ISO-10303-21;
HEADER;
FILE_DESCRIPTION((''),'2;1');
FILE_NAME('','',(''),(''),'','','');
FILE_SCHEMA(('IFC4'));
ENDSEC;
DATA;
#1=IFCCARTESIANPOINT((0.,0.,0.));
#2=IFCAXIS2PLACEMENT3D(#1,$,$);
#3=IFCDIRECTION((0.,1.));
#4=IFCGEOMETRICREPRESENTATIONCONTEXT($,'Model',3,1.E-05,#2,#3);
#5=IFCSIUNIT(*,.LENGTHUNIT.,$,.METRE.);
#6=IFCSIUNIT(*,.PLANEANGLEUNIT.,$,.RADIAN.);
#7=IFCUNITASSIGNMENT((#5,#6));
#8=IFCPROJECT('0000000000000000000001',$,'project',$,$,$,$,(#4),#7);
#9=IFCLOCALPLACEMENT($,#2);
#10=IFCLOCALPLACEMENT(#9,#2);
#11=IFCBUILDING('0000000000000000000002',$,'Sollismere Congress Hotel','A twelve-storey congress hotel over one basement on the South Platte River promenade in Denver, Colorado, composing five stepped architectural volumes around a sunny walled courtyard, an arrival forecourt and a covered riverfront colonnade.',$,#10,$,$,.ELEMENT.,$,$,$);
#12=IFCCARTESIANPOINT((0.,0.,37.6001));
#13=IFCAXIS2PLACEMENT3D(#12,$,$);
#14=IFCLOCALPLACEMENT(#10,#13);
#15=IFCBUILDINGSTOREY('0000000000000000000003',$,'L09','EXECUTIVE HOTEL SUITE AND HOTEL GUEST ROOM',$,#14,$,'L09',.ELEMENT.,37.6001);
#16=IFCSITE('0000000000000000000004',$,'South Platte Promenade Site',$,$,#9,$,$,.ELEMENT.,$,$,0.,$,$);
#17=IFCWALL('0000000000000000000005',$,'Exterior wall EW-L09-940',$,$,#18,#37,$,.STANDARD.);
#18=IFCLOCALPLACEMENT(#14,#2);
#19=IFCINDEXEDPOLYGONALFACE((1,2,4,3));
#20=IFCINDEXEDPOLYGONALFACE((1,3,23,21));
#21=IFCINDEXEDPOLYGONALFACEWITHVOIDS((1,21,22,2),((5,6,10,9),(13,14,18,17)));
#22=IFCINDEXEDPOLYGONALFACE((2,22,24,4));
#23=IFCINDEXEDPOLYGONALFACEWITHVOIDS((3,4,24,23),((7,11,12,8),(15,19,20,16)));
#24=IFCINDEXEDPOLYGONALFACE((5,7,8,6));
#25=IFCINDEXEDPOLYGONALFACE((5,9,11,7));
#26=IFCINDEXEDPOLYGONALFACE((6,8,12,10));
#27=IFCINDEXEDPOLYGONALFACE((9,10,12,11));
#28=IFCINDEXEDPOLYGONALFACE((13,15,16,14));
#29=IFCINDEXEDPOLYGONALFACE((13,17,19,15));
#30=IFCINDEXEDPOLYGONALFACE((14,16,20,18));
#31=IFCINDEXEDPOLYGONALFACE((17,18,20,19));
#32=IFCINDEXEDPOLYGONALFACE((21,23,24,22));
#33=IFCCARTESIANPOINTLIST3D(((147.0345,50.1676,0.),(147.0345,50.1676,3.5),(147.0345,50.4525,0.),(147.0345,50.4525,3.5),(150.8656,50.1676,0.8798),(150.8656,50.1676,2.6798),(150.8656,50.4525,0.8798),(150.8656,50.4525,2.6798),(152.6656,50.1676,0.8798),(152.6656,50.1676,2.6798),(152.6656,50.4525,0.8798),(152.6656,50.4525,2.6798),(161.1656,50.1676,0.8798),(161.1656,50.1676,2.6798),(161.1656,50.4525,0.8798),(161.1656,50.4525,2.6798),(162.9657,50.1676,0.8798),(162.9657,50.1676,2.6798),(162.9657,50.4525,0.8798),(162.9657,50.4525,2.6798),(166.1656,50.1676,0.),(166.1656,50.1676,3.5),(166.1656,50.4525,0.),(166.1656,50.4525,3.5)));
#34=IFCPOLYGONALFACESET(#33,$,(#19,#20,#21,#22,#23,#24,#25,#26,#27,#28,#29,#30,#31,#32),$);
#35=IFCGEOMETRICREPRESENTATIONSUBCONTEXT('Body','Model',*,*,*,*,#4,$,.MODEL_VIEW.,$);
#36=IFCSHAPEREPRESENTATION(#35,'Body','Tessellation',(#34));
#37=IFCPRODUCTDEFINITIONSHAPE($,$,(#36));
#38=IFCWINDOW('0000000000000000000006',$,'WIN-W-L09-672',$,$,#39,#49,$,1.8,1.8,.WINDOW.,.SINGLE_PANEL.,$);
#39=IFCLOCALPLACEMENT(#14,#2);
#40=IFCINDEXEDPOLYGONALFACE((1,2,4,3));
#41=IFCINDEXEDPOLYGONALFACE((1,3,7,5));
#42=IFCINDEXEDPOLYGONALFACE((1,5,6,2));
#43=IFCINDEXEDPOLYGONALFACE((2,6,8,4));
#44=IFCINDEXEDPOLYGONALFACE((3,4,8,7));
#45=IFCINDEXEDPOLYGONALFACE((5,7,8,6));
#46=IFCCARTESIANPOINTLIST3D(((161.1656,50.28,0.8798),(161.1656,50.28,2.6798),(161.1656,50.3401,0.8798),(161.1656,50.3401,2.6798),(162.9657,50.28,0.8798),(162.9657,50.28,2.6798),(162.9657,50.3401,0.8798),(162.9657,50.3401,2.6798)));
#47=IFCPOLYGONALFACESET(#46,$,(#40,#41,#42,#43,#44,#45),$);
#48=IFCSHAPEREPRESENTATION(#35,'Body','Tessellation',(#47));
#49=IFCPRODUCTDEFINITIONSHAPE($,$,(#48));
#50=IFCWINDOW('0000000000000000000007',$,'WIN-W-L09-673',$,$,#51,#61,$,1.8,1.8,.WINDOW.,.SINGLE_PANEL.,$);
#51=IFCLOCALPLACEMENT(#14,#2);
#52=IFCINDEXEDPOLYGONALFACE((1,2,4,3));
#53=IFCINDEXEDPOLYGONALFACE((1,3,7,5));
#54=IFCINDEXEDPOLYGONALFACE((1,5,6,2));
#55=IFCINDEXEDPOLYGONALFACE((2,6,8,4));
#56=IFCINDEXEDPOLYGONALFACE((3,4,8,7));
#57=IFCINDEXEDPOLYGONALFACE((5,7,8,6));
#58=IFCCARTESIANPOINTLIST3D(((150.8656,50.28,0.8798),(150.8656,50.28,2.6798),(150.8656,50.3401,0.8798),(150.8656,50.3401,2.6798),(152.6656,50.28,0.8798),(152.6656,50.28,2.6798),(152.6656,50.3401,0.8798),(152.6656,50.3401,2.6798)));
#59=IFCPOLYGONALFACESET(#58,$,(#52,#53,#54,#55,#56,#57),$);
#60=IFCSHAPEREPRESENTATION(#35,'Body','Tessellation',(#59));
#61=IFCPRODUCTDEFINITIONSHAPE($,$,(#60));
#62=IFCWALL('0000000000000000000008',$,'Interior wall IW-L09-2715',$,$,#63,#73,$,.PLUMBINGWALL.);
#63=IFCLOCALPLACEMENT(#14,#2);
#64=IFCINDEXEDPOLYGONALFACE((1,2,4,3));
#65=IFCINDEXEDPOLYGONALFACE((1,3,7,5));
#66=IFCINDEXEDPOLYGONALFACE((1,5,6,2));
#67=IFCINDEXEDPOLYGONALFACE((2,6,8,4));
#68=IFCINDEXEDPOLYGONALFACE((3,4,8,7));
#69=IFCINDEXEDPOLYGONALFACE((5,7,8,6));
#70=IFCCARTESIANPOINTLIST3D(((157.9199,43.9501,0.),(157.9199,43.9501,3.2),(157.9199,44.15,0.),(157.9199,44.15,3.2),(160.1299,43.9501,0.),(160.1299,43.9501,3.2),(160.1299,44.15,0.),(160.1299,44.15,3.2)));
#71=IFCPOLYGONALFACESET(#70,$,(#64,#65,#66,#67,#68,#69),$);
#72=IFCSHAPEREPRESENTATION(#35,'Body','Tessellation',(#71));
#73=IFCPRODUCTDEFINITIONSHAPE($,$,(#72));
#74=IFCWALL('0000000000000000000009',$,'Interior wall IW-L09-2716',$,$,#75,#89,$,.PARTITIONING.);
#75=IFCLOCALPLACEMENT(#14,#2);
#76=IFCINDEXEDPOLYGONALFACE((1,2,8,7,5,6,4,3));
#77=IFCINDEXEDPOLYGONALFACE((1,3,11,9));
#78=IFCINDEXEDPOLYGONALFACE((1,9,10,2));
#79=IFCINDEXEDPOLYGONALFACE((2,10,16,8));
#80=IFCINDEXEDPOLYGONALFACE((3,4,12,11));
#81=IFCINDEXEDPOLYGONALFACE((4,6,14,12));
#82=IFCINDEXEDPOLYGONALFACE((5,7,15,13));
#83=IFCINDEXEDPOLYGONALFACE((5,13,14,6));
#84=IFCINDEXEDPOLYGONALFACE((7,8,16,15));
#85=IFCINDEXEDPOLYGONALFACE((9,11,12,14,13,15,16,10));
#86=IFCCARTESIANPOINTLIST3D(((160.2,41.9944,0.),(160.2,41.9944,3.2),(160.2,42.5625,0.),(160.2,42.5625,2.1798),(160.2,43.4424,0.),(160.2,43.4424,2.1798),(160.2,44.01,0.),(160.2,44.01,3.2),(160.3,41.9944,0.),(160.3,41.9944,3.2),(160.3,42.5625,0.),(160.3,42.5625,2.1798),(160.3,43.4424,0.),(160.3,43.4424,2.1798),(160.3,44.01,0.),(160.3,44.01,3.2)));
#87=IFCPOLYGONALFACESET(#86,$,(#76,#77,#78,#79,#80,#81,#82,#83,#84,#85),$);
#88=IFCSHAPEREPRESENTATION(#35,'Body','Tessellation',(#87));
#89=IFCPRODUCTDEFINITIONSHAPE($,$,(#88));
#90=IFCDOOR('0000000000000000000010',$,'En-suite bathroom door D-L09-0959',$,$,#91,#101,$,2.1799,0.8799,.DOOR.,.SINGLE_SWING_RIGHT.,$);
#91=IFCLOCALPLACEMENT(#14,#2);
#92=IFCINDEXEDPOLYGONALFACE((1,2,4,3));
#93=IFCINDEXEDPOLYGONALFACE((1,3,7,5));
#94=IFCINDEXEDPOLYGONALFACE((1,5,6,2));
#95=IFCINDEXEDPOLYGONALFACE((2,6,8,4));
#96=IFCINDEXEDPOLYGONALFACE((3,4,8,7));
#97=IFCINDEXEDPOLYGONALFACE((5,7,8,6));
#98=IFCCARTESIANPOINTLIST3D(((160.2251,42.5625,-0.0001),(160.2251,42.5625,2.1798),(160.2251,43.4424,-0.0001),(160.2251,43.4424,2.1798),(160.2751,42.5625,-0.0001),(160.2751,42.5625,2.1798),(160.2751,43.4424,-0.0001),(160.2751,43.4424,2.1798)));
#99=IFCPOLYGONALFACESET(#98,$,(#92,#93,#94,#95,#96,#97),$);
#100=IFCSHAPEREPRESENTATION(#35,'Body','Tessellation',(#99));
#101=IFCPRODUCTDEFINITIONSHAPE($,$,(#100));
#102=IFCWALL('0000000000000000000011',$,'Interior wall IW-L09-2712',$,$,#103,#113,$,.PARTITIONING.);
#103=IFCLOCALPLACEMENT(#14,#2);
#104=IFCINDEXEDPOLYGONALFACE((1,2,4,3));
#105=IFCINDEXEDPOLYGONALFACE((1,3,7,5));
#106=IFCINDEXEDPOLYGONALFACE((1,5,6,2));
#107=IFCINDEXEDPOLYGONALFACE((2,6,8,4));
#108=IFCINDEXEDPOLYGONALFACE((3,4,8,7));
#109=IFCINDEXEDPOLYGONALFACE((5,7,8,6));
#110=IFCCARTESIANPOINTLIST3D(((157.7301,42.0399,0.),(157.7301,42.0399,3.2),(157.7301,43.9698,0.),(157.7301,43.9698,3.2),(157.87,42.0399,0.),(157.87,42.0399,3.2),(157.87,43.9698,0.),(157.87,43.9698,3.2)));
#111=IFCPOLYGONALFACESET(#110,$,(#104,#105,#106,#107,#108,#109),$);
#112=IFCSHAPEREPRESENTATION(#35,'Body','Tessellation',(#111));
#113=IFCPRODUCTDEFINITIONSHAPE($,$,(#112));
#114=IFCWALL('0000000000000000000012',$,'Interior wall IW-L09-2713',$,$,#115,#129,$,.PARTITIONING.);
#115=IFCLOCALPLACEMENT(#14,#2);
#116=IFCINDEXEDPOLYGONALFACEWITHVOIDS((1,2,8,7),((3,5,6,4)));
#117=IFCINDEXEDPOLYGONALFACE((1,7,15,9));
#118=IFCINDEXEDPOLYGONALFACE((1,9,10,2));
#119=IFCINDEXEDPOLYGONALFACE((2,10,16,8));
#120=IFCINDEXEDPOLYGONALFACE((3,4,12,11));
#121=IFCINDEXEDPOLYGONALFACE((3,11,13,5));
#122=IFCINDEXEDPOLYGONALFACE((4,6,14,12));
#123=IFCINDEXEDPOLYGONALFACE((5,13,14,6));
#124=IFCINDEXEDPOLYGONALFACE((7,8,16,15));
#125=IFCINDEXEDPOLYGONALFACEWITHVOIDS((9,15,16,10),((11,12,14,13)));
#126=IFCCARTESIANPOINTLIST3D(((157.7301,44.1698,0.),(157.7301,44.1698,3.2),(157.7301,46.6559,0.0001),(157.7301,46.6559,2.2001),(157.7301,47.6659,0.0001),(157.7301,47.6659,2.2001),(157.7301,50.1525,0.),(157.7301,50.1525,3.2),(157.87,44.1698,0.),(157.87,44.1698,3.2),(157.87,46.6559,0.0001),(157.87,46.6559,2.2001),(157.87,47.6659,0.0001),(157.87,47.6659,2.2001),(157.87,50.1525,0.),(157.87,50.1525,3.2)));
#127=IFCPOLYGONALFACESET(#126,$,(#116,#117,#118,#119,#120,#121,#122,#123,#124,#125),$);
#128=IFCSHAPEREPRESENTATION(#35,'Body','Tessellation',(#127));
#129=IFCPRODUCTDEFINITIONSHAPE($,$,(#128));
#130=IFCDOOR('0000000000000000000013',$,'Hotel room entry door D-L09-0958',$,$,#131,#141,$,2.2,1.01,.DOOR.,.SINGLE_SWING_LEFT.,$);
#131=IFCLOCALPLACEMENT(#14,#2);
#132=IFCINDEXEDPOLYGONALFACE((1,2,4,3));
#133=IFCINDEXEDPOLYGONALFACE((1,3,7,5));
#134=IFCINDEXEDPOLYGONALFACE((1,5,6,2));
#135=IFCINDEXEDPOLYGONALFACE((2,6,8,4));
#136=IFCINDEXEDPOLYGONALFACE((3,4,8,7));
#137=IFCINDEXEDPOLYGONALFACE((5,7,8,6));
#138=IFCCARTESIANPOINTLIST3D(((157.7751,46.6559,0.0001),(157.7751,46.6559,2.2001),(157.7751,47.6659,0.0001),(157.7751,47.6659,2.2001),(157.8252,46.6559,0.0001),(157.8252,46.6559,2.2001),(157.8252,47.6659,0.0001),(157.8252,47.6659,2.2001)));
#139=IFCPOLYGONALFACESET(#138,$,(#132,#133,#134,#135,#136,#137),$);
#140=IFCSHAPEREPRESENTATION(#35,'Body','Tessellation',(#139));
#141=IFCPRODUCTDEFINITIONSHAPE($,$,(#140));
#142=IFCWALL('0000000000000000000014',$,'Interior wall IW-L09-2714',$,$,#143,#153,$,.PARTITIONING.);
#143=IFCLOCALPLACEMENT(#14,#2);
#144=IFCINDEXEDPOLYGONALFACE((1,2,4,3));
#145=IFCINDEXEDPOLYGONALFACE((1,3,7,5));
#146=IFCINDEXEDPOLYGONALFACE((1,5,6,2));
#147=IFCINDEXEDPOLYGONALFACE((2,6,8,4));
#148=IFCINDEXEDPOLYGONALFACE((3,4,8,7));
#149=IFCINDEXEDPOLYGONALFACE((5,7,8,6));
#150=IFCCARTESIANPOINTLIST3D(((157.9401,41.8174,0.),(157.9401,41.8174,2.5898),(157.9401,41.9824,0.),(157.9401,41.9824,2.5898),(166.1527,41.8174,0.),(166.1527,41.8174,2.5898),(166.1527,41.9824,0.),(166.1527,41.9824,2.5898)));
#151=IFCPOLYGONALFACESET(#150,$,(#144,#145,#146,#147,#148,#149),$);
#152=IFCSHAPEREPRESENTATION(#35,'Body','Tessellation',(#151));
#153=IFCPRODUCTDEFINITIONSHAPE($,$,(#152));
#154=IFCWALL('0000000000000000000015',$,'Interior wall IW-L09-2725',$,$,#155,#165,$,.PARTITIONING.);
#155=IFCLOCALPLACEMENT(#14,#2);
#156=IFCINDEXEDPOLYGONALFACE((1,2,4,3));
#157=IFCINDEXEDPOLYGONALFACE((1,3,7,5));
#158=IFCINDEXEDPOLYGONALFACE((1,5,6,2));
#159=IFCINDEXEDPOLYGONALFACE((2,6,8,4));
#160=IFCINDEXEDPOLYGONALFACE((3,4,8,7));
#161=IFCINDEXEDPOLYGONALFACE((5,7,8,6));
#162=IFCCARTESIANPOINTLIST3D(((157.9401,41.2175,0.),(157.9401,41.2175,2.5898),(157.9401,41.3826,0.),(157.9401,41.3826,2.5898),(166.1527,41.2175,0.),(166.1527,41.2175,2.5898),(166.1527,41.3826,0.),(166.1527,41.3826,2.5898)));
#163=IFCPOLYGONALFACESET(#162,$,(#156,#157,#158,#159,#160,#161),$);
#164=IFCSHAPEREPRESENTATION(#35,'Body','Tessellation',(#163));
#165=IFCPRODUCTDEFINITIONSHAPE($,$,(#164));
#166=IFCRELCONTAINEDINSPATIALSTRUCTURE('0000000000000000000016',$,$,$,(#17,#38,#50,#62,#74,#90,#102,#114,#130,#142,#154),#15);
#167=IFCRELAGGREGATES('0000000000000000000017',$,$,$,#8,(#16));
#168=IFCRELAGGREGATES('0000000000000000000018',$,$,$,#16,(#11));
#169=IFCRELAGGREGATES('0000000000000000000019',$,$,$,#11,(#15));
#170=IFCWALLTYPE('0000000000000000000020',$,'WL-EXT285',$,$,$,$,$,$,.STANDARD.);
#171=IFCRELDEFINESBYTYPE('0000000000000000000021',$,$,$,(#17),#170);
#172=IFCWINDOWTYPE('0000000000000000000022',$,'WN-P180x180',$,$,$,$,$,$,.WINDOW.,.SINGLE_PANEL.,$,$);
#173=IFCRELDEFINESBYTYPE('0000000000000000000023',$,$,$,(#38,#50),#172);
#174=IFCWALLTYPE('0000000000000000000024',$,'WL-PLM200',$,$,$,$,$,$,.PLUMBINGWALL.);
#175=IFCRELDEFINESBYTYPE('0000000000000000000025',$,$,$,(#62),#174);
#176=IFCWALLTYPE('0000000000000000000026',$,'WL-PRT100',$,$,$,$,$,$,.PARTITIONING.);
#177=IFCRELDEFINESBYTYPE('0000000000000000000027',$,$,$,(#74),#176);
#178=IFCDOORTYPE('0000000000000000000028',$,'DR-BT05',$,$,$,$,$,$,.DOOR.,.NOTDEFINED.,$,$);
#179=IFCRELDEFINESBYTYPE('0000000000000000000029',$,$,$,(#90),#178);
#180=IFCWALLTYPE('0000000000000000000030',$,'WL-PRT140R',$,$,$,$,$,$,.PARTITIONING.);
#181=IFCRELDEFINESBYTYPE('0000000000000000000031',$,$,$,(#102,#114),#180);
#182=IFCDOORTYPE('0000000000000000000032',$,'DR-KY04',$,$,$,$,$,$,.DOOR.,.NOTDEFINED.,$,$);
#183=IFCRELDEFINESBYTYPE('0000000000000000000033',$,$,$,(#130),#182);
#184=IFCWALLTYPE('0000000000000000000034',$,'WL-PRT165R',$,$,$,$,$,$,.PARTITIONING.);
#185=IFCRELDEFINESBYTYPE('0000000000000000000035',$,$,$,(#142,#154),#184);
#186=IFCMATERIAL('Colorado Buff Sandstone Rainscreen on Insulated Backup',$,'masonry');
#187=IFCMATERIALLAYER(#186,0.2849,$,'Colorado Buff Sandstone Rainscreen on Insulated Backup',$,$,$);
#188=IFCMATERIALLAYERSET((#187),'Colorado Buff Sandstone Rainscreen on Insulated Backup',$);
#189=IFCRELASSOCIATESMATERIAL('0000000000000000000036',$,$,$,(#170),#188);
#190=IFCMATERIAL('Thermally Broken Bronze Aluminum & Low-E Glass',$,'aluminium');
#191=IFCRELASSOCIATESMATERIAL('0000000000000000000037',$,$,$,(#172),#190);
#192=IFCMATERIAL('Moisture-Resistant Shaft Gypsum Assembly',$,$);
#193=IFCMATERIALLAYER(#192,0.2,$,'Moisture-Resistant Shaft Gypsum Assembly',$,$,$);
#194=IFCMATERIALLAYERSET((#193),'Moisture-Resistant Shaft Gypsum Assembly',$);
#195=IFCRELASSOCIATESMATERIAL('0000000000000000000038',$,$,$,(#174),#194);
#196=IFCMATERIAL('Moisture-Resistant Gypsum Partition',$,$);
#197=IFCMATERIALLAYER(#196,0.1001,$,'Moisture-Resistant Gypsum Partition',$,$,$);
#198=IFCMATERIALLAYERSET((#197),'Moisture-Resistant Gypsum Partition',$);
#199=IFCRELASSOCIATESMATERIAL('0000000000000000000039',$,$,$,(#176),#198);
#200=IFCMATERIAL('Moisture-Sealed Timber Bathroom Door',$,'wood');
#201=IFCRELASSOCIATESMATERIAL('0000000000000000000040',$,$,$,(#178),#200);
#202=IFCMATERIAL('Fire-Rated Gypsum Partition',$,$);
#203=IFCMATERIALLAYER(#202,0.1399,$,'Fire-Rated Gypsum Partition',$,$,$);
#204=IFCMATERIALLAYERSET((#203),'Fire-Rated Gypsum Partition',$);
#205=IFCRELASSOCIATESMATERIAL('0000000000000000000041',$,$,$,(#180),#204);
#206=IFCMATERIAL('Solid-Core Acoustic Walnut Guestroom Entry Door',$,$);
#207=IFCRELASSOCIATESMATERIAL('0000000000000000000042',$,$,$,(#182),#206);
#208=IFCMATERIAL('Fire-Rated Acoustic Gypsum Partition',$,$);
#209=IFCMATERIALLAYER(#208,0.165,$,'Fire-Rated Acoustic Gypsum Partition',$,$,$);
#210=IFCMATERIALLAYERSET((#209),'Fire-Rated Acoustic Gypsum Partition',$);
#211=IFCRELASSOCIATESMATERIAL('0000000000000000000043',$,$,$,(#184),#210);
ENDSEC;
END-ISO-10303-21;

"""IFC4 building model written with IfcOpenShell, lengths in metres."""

from ifc_helpers import new_model, si_unit, direction, frame, frame_2d, origin, place, context, subcontext, project, spatial, rectangle, extrude, material, layer, layer_set, type_object, element, fill, save


model = new_model("IFC4")

# Units and contexts
model_context = context("Model", 3, precision=1e-05, world=origin(), true_north=direction((0.0, 1.0)))
body_context = subcontext(model_context, "Body", "Model", "MODEL_VIEW")
ifc_project = project(units=[si_unit("LENGTHUNIT", "METRE"), si_unit("PLANEANGLEUNIT", "RADIAN")], contexts=[model_context])

# Site, building, storey
site_placement = place(None, origin())
site = spatial("IfcSite", under=ifc_project, at=site_placement, Name="South Platte Promenade Site", CompositionType="ELEMENT", RefElevation=0.0)
building_placement = place(site_placement, origin())
building = spatial("IfcBuilding", under=site, at=building_placement, Name="Sollismere Congress Hotel", Description="A twelve-storey congress hotel over one basement on the South Platte River promenade in Denver, Colorado, composing five stepped architectural volumes around a sunny walled courtyard, an arrival forecourt and a covered riverfront colonnade.", CompositionType="ELEMENT")
storey_placement = place(building_placement, frame((0.0, 0.0, 37.6001)))
storey = spatial("IfcBuildingStorey", under=building, at=storey_placement, Name="L09", Description="EXECUTIVE HOTEL SUITE AND HOTEL GUEST ROOM", LongName="L09", CompositionType="ELEMENT", Elevation=37.6001)

# Shared definitions
ifc_material_1 = material(Name="Colorado Buff Sandstone Rainscreen on Insulated Backup", Category="masonry")
ifc_layer_1 = layer(ifc_material_1, 0.2849, Name="Colorado Buff Sandstone Rainscreen on Insulated Backup")
ifc_layer_set_1 = layer_set([ifc_layer_1], Name="Colorado Buff Sandstone Rainscreen on Insulated Backup")
wall_type_1 = type_object("IfcWallType", Name="WL-EXT285", PredefinedType="STANDARD", material=ifc_layer_set_1)

# Shared definitions
ifc_material_2 = material(Name="Thermally Broken Bronze Aluminum & Low-E Glass", Category="aluminium")

# Wall, openings, windows
wall_1_placement = place(storey_placement, frame((166.1655, 50.3101, 0.0), z_axis=(0.0, 0.0, 1.0), x_axis=(-1.0, 0.0, 0.0)))
wall_1 = element("IfcWall", 1, at=wall_1_placement, inside=storey, type_object=wall_type_1, Name="Exterior wall EW-L09-940", PredefinedType="STANDARD", context=body_context, shape_type="SweptSolid", body=[
    extrude(rectangle(XDim=19.1311, YDim=0.2849, at=frame_2d((9.5654, 0.0))), origin(), (0.0, 0.0, 1.0), 3.5),
])
opening_1_placement = place(wall_1_placement, frame((3.2, 0.0, 0.8799)))
opening_1 = element("IfcOpeningElement", 2, at=opening_1_placement, cuts=wall_1, PredefinedType="OPENING", context=body_context, shape_type="SweptSolid", body=[
    extrude(rectangle(XDim=1.8, YDim=1.8, at=frame_2d((0.8999, 0.8999))), frame((0.0, 0.1523, 0.0), z_axis=(0.0, -1.0, 0.0), x_axis=(1.0, 0.0, 0.0)), (0.0, 0.0, 1.0), 0.3049),
])
opening_2_placement = place(wall_1_placement, frame((13.5, 0.0, 0.8799)))
opening_2 = element("IfcOpeningElement", 3, at=opening_2_placement, cuts=wall_1, PredefinedType="OPENING", context=body_context, shape_type="SweptSolid", body=[
    extrude(rectangle(XDim=1.8, YDim=1.8, at=frame_2d((0.8999, 0.8999))), frame((0.0, 0.1523, 0.0), z_axis=(0.0, -1.0, 0.0), x_axis=(1.0, 0.0, 0.0)), (0.0, 0.0, 1.0), 0.3049),
])
window_type_1 = type_object("IfcWindowType", Name="WN-P180x180", PartitioningType="SINGLE_PANEL", PredefinedType="WINDOW", material=ifc_material_2)
window_1_placement = place(opening_1_placement, origin())
window_1 = element("IfcWindow", 4, at=window_1_placement, inside=storey, type_object=window_type_1, Name="WIN-W-L09-672", OverallHeight=1.8, OverallWidth=1.8, PartitioningType="SINGLE_PANEL", PredefinedType="WINDOW", context=body_context, shape_type="SweptSolid", body=[
    extrude(rectangle(XDim=1.8, YDim=1.8, at=frame_2d((0.8999, 0.8999))), frame((0.0, 0.03, 0.0), z_axis=(0.0, -1.0, 0.0), x_axis=(1.0, 0.0, 0.0)), (0.0, 0.0, 1.0), 0.0601),
])
fill(opening_1, window_1)
window_2_placement = place(opening_2_placement, origin())
window_2 = element("IfcWindow", 5, at=window_2_placement, inside=storey, type_object=window_type_1, Name="WIN-W-L09-673", OverallHeight=1.8, OverallWidth=1.8, PartitioningType="SINGLE_PANEL", PredefinedType="WINDOW", context=body_context, shape_type="SweptSolid", body=[
    extrude(rectangle(XDim=1.8, YDim=1.8, at=frame_2d((0.8999, 0.8999))), frame((0.0, 0.03, 0.0), z_axis=(0.0, -1.0, 0.0), x_axis=(1.0, 0.0, 0.0)), (0.0, 0.0, 1.0), 0.0601),
])
fill(opening_2, window_2)

# Wall
ifc_material_3 = material(Name="Moisture-Resistant Shaft Gypsum Assembly")
ifc_layer_2 = layer(ifc_material_3, 0.2, Name="Moisture-Resistant Shaft Gypsum Assembly")
ifc_layer_set_2 = layer_set([ifc_layer_2], Name="Moisture-Resistant Shaft Gypsum Assembly")
wall_type_2 = type_object("IfcWallType", Name="WL-PLM200", PredefinedType="PLUMBINGWALL", material=ifc_layer_set_2)
wall_2_placement = place(storey_placement, frame((157.9199, 44.05, 0.0), z_axis=(0.0, 0.0, 1.0), x_axis=(1.0, 0.0, 0.0)))
element("IfcWall", 6, at=wall_2_placement, inside=storey, type_object=wall_type_2, Name="Interior wall IW-L09-2715", PredefinedType="PLUMBINGWALL", context=body_context, shape_type="SweptSolid", body=[
    extrude(rectangle(XDim=2.21, YDim=0.2, at=frame_2d((1.105, 0.0))), origin(), (0.0, 0.0, 1.0), 3.2),
])

# Wall, opening, door
ifc_material_4 = material(Name="Moisture-Resistant Gypsum Partition")
ifc_layer_3 = layer(ifc_material_4, 0.1001, Name="Moisture-Resistant Gypsum Partition")
ifc_layer_set_3 = layer_set([ifc_layer_3], Name="Moisture-Resistant Gypsum Partition")
wall_type_3 = type_object("IfcWallType", Name="WL-PRT100", PredefinedType="PARTITIONING", material=ifc_layer_set_3)
wall_3_placement = place(storey_placement, frame((160.25, 41.9944, 0.0), z_axis=(0.0, 0.0, 1.0), x_axis=(0.0, 1.0, 0.0)))
wall_3 = element("IfcWall", 7, at=wall_3_placement, inside=storey, type_object=wall_type_3, Name="Interior wall IW-L09-2716", PredefinedType="PARTITIONING", context=body_context, shape_type="SweptSolid", body=[
    extrude(rectangle(XDim=2.0156, YDim=0.1001, at=frame_2d((1.0078, 0.0))), origin(), (0.0, 0.0, 1.0), 3.2),
])
opening_3_placement = place(wall_3_placement, frame((0.5681, 0.0, 0.0)))
opening_3 = element("IfcOpeningElement", 8, at=opening_3_placement, cuts=wall_3, PredefinedType="OPENING", context=body_context, shape_type="SweptSolid", body=[
    extrude(rectangle(XDim=0.8799, YDim=2.1799, at=frame_2d((0.4399, 1.0898))), frame((0.0, 0.0601, 0.0), z_axis=(0.0, -1.0, 0.0), x_axis=(1.0, 0.0, 0.0)), (0.0, 0.0, 1.0), 0.1201),
])
ifc_material_5 = material(Name="Moisture-Sealed Timber Bathroom Door", Category="wood")
door_type_1 = type_object("IfcDoorType", Name="DR-BT05", OperationType="NOTDEFINED", PredefinedType="DOOR", material=ifc_material_5)
door_1_placement = place(opening_3_placement, origin())
door_1 = element("IfcDoor", 9, at=door_1_placement, inside=storey, type_object=door_type_1, Name="En-suite bathroom door D-L09-0959", OperationType="SINGLE_SWING_RIGHT", OverallHeight=2.1799, OverallWidth=0.8799, PredefinedType="DOOR", context=body_context, shape_type="SweptSolid", body=[
    extrude(rectangle(XDim=0.8799, YDim=2.1799, at=frame_2d((0.4399, 1.0898))), frame((0.0, 0.0249, 0.0), z_axis=(0.0, -1.0, 0.0), x_axis=(1.0, 0.0, 0.0)), (0.0, 0.0, 1.0), 0.05),
])
fill(opening_3, door_1)

# Wall
ifc_material_6 = material(Name="Fire-Rated Gypsum Partition")
ifc_layer_4 = layer(ifc_material_6, 0.1399, Name="Fire-Rated Gypsum Partition")
ifc_layer_set_4 = layer_set([ifc_layer_4], Name="Fire-Rated Gypsum Partition")
wall_type_4 = type_object("IfcWallType", Name="WL-PRT140R", PredefinedType="PARTITIONING", material=ifc_layer_set_4)
wall_4_placement = place(storey_placement, frame((157.8, 42.04, 0.0), z_axis=(0.0, 0.0, 1.0), x_axis=(0.0, 1.0, 0.0)))
element("IfcWall", 10, at=wall_4_placement, inside=storey, type_object=wall_type_4, Name="Interior wall IW-L09-2712", PredefinedType="PARTITIONING", context=body_context, shape_type="SweptSolid", body=[
    extrude(rectangle(XDim=1.9299, YDim=0.1399, at=frame_2d((0.9648, 0.0))), origin(), (0.0, 0.0, 1.0), 3.2),
])

# Wall, opening, door
wall_5_placement = place(storey_placement, frame((157.8, 44.1699, 0.0), z_axis=(0.0, 0.0, 1.0), x_axis=(0.0, 1.0, 0.0)))
wall_5 = element("IfcWall", 11, at=wall_5_placement, inside=storey, type_object=wall_type_4, Name="Interior wall IW-L09-2713", PredefinedType="PARTITIONING", context=body_context, shape_type="SweptSolid", body=[
    extrude(rectangle(XDim=5.9827, YDim=0.1399, at=frame_2d((2.9912, 0.0))), origin(), (0.0, 0.0, 1.0), 3.2),
])
opening_4_placement = place(wall_5_placement, frame((2.4861, 0.0, 0.0)))
opening_4 = element("IfcOpeningElement", 12, at=opening_4_placement, cuts=wall_5, PredefinedType="OPENING", context=body_context, shape_type="SweptSolid", body=[
    extrude(rectangle(XDim=1.01, YDim=2.2, at=frame_2d((0.5049, 1.1001))), frame((0.0, 0.0798, 0.0), z_axis=(0.0, -1.0, 0.0), x_axis=(1.0, 0.0, 0.0)), (0.0, 0.0, 1.0), 0.1599),
])
ifc_material_7 = material(Name="Solid-Core Acoustic Walnut Guestroom Entry Door")
door_type_2 = type_object("IfcDoorType", Name="DR-KY04", OperationType="NOTDEFINED", PredefinedType="DOOR", material=ifc_material_7)
door_2_placement = place(opening_4_placement, origin())
door_2 = element("IfcDoor", 13, at=door_2_placement, inside=storey, type_object=door_type_2, Name="Hotel room entry door D-L09-0958", OperationType="SINGLE_SWING_LEFT", OverallHeight=2.2, OverallWidth=1.01, PredefinedType="DOOR", context=body_context, shape_type="SweptSolid", body=[
    extrude(rectangle(XDim=1.01, YDim=2.2, at=frame_2d((0.5049, 1.1001))), frame((0.0, 0.0249, 0.0), z_axis=(0.0, -1.0, 0.0), x_axis=(1.0, 0.0, 0.0)), (0.0, 0.0, 1.0), 0.05),
])
fill(opening_4, door_2)

# Walls
ifc_material_8 = material(Name="Fire-Rated Acoustic Gypsum Partition")
ifc_layer_5 = layer(ifc_material_8, 0.165, Name="Fire-Rated Acoustic Gypsum Partition")
ifc_layer_set_5 = layer_set([ifc_layer_5], Name="Fire-Rated Acoustic Gypsum Partition")
wall_type_5 = type_object("IfcWallType", Name="WL-PRT165R", PredefinedType="PARTITIONING", material=ifc_layer_set_5)
for number, where, z_axis, x_axis, name in (
    (14, (157.9399, 41.8999, 0.0), (0.0, 0.0, 1.0), (1.0, 0.0, 0.0), "Interior wall IW-L09-2714"),
    (15, (157.9399, 41.3, 0.0), (0.0, 0.0, 1.0), (1.0, 0.0, 0.0), "Interior wall IW-L09-2725"),
):
    element("IfcWall", number, at=place(storey_placement, frame(where, z_axis=z_axis, x_axis=x_axis)), inside=storey, type_object=wall_type_5, Name=name, PredefinedType="PARTITIONING", context=body_context, shape_type="SweptSolid", body=[
        extrude(rectangle(XDim=8.2126, YDim=0.165, at=frame_2d((4.1064, 0.0))), origin(), (0.0, 0.0, 1.0), 2.5898),
    ])

save(model, "model.ifc")
